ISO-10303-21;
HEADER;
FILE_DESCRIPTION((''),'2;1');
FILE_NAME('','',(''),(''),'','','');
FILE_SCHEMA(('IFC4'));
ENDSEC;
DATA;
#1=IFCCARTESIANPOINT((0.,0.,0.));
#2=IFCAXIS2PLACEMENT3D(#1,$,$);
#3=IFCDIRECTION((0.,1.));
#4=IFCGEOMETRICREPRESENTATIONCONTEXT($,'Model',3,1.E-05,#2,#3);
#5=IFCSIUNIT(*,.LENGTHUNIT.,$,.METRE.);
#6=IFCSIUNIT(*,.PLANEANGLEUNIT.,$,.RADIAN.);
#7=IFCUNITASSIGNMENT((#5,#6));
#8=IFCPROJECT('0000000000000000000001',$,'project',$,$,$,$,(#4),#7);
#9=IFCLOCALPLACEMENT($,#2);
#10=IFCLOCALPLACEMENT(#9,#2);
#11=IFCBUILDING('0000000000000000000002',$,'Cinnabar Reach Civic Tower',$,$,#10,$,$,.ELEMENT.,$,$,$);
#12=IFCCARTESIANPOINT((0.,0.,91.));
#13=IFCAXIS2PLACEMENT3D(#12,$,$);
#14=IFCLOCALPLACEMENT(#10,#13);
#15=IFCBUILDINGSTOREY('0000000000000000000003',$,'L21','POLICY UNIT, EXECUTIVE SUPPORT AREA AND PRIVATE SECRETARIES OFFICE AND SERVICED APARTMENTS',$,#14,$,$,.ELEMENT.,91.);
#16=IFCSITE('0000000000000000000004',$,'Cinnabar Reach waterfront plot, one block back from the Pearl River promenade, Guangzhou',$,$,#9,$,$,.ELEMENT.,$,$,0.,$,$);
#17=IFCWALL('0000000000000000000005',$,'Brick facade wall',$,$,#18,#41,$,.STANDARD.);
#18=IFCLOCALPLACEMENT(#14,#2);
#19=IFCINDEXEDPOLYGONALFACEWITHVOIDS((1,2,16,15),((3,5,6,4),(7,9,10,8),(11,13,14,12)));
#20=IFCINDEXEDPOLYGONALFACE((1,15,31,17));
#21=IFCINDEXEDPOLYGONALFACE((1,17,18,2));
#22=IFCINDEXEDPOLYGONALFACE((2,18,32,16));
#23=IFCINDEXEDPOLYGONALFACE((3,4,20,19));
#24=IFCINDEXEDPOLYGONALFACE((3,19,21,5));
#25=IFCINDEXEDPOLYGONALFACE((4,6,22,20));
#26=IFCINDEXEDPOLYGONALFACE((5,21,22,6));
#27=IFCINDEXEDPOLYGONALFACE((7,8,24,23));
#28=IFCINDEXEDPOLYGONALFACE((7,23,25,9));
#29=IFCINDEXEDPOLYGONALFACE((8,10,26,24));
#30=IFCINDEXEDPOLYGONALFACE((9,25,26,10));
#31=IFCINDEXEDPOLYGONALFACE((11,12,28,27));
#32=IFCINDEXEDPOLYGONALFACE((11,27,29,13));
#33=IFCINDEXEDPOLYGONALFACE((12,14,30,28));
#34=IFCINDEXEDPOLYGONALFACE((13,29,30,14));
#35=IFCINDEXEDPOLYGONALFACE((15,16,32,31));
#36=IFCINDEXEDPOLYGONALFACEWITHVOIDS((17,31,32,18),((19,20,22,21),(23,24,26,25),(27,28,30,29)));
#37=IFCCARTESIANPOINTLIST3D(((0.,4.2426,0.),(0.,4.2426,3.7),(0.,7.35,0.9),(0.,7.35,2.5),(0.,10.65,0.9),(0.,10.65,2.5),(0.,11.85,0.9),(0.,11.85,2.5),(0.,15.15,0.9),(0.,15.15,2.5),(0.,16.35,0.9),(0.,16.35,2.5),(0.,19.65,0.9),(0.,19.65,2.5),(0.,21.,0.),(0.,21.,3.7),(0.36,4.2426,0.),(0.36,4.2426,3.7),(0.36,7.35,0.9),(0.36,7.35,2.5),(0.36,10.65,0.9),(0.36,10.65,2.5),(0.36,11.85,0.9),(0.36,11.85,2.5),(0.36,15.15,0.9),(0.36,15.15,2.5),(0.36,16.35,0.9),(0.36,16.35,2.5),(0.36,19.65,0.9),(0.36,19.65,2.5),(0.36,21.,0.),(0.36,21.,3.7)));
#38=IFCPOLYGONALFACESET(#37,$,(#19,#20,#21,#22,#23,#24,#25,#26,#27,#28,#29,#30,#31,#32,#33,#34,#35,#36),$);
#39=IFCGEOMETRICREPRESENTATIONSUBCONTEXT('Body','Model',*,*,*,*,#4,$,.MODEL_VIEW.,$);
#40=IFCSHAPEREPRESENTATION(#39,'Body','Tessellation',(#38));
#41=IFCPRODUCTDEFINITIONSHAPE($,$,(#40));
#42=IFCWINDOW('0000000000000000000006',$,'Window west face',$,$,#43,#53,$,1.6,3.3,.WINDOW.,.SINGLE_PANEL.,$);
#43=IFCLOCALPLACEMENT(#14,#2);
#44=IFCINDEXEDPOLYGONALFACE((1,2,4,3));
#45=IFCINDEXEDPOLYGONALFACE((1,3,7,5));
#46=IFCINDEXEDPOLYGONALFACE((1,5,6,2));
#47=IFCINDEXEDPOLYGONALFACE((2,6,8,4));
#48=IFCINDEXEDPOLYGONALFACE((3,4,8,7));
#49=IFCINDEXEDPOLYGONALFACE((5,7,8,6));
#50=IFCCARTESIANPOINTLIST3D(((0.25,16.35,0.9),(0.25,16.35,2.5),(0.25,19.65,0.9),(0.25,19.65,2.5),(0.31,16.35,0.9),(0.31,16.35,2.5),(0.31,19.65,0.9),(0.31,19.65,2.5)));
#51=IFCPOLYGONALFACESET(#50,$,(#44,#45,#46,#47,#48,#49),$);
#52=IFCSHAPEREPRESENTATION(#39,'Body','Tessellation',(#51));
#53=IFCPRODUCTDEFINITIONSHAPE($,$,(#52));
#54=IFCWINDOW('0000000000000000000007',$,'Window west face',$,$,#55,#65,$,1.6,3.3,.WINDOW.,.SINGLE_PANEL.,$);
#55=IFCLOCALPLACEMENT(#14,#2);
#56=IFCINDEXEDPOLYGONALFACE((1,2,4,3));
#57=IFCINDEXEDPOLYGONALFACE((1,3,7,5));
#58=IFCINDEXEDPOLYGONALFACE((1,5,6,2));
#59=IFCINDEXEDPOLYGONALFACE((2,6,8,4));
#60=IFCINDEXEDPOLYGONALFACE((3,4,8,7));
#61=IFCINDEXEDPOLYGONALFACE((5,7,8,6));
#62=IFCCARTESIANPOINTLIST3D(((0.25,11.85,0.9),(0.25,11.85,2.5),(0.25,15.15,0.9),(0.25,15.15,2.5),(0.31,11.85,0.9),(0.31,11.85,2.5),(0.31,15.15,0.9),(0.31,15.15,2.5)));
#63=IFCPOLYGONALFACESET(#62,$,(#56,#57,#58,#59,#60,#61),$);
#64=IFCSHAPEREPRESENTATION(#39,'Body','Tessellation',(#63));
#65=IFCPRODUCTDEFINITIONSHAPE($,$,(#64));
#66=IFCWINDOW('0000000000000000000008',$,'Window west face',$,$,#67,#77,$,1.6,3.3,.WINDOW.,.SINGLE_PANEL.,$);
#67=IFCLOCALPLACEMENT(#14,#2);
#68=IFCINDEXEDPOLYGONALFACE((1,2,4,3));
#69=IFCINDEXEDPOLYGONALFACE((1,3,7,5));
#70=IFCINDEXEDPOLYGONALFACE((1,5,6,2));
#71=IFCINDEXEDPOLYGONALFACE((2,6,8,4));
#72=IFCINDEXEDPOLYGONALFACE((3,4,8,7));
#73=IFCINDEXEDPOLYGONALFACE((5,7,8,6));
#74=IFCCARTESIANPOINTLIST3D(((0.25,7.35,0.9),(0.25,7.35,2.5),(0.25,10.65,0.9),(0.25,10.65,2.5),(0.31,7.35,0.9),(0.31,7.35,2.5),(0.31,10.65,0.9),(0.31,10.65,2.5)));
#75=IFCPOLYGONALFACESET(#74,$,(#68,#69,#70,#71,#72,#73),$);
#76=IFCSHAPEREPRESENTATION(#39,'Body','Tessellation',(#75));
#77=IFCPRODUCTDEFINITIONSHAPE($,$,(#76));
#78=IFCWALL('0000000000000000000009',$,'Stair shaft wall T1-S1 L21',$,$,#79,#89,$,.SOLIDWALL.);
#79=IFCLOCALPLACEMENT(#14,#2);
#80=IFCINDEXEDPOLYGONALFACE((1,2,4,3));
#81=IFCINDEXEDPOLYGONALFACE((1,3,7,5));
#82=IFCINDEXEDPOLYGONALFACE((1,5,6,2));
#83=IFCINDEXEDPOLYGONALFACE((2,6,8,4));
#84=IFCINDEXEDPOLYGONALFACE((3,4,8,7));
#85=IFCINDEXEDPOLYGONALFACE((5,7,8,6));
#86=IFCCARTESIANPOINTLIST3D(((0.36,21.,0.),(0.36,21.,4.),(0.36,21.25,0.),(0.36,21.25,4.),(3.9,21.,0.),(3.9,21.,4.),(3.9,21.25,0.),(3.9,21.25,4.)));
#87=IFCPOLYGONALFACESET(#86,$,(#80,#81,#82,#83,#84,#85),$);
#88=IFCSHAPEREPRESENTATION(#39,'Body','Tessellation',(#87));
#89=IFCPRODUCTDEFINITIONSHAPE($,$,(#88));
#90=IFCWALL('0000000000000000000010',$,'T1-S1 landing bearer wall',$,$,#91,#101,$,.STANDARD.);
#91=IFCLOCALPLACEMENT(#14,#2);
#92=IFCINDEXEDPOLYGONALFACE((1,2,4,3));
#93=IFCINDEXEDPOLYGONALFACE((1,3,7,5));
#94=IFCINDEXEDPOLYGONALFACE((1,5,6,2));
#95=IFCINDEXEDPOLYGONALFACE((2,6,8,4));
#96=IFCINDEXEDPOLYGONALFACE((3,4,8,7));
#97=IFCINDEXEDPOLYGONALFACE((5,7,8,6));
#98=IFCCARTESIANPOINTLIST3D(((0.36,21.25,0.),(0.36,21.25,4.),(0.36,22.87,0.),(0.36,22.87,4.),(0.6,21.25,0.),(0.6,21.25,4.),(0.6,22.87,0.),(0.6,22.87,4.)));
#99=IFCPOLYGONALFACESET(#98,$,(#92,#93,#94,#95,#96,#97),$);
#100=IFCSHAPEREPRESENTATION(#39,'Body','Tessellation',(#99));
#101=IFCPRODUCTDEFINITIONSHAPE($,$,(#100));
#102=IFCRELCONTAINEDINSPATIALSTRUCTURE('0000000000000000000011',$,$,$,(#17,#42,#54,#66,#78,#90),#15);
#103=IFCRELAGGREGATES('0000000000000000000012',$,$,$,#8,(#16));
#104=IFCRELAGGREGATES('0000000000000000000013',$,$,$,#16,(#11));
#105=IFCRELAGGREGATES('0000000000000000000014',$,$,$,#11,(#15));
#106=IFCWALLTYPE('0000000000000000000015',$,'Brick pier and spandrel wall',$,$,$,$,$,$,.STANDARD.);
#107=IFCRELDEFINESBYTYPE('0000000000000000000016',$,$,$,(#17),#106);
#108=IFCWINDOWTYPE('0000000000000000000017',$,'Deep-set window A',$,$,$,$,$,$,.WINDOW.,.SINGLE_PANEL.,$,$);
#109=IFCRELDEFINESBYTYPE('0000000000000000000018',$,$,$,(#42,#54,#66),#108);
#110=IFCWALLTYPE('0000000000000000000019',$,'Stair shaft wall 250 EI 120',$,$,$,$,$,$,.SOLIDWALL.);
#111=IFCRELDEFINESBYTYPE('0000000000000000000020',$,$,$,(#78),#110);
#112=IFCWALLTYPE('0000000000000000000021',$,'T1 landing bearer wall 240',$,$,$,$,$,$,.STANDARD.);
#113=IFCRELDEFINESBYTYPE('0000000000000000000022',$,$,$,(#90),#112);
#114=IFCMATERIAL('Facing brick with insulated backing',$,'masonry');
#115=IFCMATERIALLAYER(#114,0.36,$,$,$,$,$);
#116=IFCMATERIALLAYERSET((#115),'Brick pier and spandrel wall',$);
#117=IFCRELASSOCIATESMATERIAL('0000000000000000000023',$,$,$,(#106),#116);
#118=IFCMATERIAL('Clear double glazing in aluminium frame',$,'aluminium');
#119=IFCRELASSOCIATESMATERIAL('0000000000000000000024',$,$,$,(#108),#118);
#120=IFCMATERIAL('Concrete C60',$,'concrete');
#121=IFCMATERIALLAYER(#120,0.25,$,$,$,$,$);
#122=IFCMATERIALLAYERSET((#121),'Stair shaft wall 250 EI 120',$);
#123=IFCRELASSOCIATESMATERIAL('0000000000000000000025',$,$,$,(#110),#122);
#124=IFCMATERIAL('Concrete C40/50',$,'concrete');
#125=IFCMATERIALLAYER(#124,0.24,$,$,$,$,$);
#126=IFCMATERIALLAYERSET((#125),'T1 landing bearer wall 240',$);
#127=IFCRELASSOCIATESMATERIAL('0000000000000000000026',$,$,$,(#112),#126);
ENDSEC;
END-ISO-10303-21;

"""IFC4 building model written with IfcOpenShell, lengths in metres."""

from ifc_helpers import new_model, si_unit, direction, frame, frame_2d, origin, place, context, subcontext, project, spatial, rectangle, extrude, material, layer, layer_set, type_object, element, fill, save


model = new_model("IFC4")

# Units and contexts
model_context = context("Model", 3, precision=1e-05, world=origin(), true_north=direction((0.0, 1.0)))
body_context = subcontext(model_context, "Body", "Model", "MODEL_VIEW")
ifc_project = project(units=[si_unit("LENGTHUNIT", "METRE"), si_unit("PLANEANGLEUNIT", "RADIAN")], contexts=[model_context])

# Site, building, storey
site_placement = place(None, origin())
site = spatial("IfcSite", under=ifc_project, at=site_placement, Name="Cinnabar Reach waterfront plot, one block back from the Pearl River promenade, Guangzhou", CompositionType="ELEMENT", RefElevation=0.0)
building_placement = place(site_placement, origin())
building = spatial("IfcBuilding", under=site, at=building_placement, Name="Cinnabar Reach Civic Tower", CompositionType="ELEMENT")
storey_placement = place(building_placement, frame((0.0, 0.0, 91.0)))
storey = spatial("IfcBuildingStorey", under=building, at=storey_placement, Name="L21", Description="POLICY UNIT, EXECUTIVE SUPPORT AREA AND PRIVATE SECRETARIES OFFICE AND SERVICED APARTMENTS", CompositionType="ELEMENT", Elevation=91.0)

# Shared definitions
ifc_material_1 = material(Name="Concrete C40/50", Category="concrete")

# Shared definitions
ifc_material_2 = material(Name="Facing brick with insulated backing", Category="masonry")

# Wall, openings, windows
ifc_layer_1 = layer(ifc_material_2, 0.36)
ifc_layer_set_1 = layer_set([ifc_layer_1], Name="Brick pier and spandrel wall")
wall_type_1 = type_object("IfcWallType", Name="Brick pier and spandrel wall", PredefinedType="STANDARD", material=ifc_layer_set_1)
wall_1_placement = place(storey_placement, frame((0.18, 21.0, 0.0), z_axis=(0.0, 0.0, 1.0), x_axis=(0.0, -1.0, 0.0)))
wall_1 = element("IfcWall", 1, at=wall_1_placement, inside=storey, type_object=wall_type_1, Name="Brick facade wall", PredefinedType="STANDARD", context=body_context, shape_type="SweptSolid", body=[
    extrude(rectangle(XDim=16.7574, YDim=0.36, at=frame_2d((8.3787, 0.0))), origin(), (0.0, 0.0, 1.0), 3.7),
])
opening_1_placement = place(wall_1_placement, frame((1.35, 0.0, 0.9)))
opening_1 = element("IfcOpeningElement", 2, at=opening_1_placement, cuts=wall_1, PredefinedType="OPENING", context=body_context, shape_type="SweptSolid", body=[
    extrude(rectangle(XDim=3.3, YDim=1.6, at=frame_2d((1.65, 0.8))), frame((0.0, 0.19, 0.0), z_axis=(0.0, -1.0, 0.0), x_axis=(1.0, 0.0, 0.0)), (0.0, 0.0, 1.0), 0.38),
])
opening_2_placement = place(wall_1_placement, frame((5.85, 0.0, 0.9)))
opening_2 = element("IfcOpeningElement", 3, at=opening_2_placement, cuts=wall_1, PredefinedType="OPENING", context=body_context, shape_type="SweptSolid", body=[
    extrude(rectangle(XDim=3.3, YDim=1.6, at=frame_2d((1.65, 0.8))), frame((0.0, 0.19, 0.0), z_axis=(0.0, -1.0, 0.0), x_axis=(1.0, 0.0, 0.0)), (0.0, 0.0, 1.0), 0.38),
])
opening_3_placement = place(wall_1_placement, frame((10.35, 0.0, 0.9)))
opening_3 = element("IfcOpeningElement", 4, at=opening_3_placement, cuts=wall_1, PredefinedType="OPENING", context=body_context, shape_type="SweptSolid", body=[
    extrude(rectangle(XDim=3.3, YDim=1.6, at=frame_2d((1.65, 0.8))), frame((0.0, 0.19, 0.0), z_axis=(0.0, -1.0, 0.0), x_axis=(1.0, 0.0, 0.0)), (0.0, 0.0, 1.0), 0.38),
])
ifc_material_3 = material(Name="Clear double glazing in aluminium frame", Category="aluminium")
window_type = type_object("IfcWindowType", Name="Deep-set window A", PartitioningType="SINGLE_PANEL", PredefinedType="WINDOW", material=ifc_material_3)
window_1_placement = place(opening_1_placement, origin())
window_1 = element("IfcWindow", 5, at=window_1_placement, inside=storey, type_object=window_type, Name="Window west face", OverallHeight=1.6, OverallWidth=3.3, PartitioningType="SINGLE_PANEL", PredefinedType="WINDOW", context=body_context, shape_type="SweptSolid", body=[
    extrude(rectangle(XDim=3.3, YDim=1.6, at=frame_2d((1.65, 0.8))), frame((0.0, 0.13, 0.0), z_axis=(0.0, -1.0, 0.0), x_axis=(1.0, 0.0, 0.0)), (0.0, 0.0, 1.0), 0.06),
])
fill(opening_1, window_1)
window_2_placement = place(opening_2_placement, origin())
window_2 = element("IfcWindow", 6, at=window_2_placement, inside=storey, type_object=window_type, Name="Window west face", OverallHeight=1.6, OverallWidth=3.3, PartitioningType="SINGLE_PANEL", PredefinedType="WINDOW", context=body_context, shape_type="SweptSolid", body=[
    extrude(rectangle(XDim=3.3, YDim=1.6, at=frame_2d((1.65, 0.8))), frame((0.0, 0.13, 0.0), z_axis=(0.0, -1.0, 0.0), x_axis=(1.0, 0.0, 0.0)), (0.0, 0.0, 1.0), 0.06),
])
fill(opening_2, window_2)
window_3_placement = place(opening_3_placement, origin())
window_3 = element("IfcWindow", 7, at=window_3_placement, inside=storey, type_object=window_type, Name="Window west face", OverallHeight=1.6, OverallWidth=3.3, PartitioningType="SINGLE_PANEL", PredefinedType="WINDOW", context=body_context, shape_type="SweptSolid", body=[
    extrude(rectangle(XDim=3.3, YDim=1.6, at=frame_2d((1.65, 0.8))), frame((0.0, 0.13, 0.0), z_axis=(0.0, -1.0, 0.0), x_axis=(1.0, 0.0, 0.0)), (0.0, 0.0, 1.0), 0.06),
])
fill(opening_3, window_3)

# Walls
ifc_material_4 = material(Name="Concrete C60", Category="concrete")
ifc_layer_2 = layer(ifc_material_4, 0.25)
ifc_layer_set_2 = layer_set([ifc_layer_2], Name="Stair shaft wall 250 EI 120")
wall_type_2 = type_object("IfcWallType", Name="Stair shaft wall 250 EI 120", PredefinedType="SOLIDWALL", material=ifc_layer_set_2)
wall_2_placement = place(storey_placement, frame((0.36, 21.125, 0.0), z_axis=(0.0, 0.0, 1.0), x_axis=(1.0, 0.0, 0.0)))
element("IfcWall", 8, at=wall_2_placement, inside=storey, type_object=wall_type_2, Name="Stair shaft wall T1-S1 L21", PredefinedType="SOLIDWALL", context=body_context, shape_type="SweptSolid", body=[
    extrude(rectangle(XDim=3.54, YDim=0.25, at=frame_2d((1.77, 0.0))), origin(), (0.0, 0.0, 1.0), 4.0),
])
ifc_layer_3 = layer(ifc_material_1, 0.24)
ifc_layer_set_3 = layer_set([ifc_layer_3], Name="T1 landing bearer wall 240")
wall_type_3 = type_object("IfcWallType", Name="T1 landing bearer wall 240", PredefinedType="STANDARD", material=ifc_layer_set_3)
wall_3_placement = place(storey_placement, frame((0.48, 21.25, 0.0), z_axis=(0.0, 0.0, 1.0), x_axis=(0.0, 1.0, 0.0)))
element("IfcWall", 9, at=wall_3_placement, inside=storey, type_object=wall_type_3, Name="T1-S1 landing bearer wall", PredefinedType="STANDARD", context=body_context, shape_type="SweptSolid", body=[
    extrude(rectangle(XDim=1.62, YDim=0.24, at=frame_2d((0.81, 0.0))), origin(), (0.0, 0.0, 1.0), 4.0),
])

save(model, "model.ifc")
